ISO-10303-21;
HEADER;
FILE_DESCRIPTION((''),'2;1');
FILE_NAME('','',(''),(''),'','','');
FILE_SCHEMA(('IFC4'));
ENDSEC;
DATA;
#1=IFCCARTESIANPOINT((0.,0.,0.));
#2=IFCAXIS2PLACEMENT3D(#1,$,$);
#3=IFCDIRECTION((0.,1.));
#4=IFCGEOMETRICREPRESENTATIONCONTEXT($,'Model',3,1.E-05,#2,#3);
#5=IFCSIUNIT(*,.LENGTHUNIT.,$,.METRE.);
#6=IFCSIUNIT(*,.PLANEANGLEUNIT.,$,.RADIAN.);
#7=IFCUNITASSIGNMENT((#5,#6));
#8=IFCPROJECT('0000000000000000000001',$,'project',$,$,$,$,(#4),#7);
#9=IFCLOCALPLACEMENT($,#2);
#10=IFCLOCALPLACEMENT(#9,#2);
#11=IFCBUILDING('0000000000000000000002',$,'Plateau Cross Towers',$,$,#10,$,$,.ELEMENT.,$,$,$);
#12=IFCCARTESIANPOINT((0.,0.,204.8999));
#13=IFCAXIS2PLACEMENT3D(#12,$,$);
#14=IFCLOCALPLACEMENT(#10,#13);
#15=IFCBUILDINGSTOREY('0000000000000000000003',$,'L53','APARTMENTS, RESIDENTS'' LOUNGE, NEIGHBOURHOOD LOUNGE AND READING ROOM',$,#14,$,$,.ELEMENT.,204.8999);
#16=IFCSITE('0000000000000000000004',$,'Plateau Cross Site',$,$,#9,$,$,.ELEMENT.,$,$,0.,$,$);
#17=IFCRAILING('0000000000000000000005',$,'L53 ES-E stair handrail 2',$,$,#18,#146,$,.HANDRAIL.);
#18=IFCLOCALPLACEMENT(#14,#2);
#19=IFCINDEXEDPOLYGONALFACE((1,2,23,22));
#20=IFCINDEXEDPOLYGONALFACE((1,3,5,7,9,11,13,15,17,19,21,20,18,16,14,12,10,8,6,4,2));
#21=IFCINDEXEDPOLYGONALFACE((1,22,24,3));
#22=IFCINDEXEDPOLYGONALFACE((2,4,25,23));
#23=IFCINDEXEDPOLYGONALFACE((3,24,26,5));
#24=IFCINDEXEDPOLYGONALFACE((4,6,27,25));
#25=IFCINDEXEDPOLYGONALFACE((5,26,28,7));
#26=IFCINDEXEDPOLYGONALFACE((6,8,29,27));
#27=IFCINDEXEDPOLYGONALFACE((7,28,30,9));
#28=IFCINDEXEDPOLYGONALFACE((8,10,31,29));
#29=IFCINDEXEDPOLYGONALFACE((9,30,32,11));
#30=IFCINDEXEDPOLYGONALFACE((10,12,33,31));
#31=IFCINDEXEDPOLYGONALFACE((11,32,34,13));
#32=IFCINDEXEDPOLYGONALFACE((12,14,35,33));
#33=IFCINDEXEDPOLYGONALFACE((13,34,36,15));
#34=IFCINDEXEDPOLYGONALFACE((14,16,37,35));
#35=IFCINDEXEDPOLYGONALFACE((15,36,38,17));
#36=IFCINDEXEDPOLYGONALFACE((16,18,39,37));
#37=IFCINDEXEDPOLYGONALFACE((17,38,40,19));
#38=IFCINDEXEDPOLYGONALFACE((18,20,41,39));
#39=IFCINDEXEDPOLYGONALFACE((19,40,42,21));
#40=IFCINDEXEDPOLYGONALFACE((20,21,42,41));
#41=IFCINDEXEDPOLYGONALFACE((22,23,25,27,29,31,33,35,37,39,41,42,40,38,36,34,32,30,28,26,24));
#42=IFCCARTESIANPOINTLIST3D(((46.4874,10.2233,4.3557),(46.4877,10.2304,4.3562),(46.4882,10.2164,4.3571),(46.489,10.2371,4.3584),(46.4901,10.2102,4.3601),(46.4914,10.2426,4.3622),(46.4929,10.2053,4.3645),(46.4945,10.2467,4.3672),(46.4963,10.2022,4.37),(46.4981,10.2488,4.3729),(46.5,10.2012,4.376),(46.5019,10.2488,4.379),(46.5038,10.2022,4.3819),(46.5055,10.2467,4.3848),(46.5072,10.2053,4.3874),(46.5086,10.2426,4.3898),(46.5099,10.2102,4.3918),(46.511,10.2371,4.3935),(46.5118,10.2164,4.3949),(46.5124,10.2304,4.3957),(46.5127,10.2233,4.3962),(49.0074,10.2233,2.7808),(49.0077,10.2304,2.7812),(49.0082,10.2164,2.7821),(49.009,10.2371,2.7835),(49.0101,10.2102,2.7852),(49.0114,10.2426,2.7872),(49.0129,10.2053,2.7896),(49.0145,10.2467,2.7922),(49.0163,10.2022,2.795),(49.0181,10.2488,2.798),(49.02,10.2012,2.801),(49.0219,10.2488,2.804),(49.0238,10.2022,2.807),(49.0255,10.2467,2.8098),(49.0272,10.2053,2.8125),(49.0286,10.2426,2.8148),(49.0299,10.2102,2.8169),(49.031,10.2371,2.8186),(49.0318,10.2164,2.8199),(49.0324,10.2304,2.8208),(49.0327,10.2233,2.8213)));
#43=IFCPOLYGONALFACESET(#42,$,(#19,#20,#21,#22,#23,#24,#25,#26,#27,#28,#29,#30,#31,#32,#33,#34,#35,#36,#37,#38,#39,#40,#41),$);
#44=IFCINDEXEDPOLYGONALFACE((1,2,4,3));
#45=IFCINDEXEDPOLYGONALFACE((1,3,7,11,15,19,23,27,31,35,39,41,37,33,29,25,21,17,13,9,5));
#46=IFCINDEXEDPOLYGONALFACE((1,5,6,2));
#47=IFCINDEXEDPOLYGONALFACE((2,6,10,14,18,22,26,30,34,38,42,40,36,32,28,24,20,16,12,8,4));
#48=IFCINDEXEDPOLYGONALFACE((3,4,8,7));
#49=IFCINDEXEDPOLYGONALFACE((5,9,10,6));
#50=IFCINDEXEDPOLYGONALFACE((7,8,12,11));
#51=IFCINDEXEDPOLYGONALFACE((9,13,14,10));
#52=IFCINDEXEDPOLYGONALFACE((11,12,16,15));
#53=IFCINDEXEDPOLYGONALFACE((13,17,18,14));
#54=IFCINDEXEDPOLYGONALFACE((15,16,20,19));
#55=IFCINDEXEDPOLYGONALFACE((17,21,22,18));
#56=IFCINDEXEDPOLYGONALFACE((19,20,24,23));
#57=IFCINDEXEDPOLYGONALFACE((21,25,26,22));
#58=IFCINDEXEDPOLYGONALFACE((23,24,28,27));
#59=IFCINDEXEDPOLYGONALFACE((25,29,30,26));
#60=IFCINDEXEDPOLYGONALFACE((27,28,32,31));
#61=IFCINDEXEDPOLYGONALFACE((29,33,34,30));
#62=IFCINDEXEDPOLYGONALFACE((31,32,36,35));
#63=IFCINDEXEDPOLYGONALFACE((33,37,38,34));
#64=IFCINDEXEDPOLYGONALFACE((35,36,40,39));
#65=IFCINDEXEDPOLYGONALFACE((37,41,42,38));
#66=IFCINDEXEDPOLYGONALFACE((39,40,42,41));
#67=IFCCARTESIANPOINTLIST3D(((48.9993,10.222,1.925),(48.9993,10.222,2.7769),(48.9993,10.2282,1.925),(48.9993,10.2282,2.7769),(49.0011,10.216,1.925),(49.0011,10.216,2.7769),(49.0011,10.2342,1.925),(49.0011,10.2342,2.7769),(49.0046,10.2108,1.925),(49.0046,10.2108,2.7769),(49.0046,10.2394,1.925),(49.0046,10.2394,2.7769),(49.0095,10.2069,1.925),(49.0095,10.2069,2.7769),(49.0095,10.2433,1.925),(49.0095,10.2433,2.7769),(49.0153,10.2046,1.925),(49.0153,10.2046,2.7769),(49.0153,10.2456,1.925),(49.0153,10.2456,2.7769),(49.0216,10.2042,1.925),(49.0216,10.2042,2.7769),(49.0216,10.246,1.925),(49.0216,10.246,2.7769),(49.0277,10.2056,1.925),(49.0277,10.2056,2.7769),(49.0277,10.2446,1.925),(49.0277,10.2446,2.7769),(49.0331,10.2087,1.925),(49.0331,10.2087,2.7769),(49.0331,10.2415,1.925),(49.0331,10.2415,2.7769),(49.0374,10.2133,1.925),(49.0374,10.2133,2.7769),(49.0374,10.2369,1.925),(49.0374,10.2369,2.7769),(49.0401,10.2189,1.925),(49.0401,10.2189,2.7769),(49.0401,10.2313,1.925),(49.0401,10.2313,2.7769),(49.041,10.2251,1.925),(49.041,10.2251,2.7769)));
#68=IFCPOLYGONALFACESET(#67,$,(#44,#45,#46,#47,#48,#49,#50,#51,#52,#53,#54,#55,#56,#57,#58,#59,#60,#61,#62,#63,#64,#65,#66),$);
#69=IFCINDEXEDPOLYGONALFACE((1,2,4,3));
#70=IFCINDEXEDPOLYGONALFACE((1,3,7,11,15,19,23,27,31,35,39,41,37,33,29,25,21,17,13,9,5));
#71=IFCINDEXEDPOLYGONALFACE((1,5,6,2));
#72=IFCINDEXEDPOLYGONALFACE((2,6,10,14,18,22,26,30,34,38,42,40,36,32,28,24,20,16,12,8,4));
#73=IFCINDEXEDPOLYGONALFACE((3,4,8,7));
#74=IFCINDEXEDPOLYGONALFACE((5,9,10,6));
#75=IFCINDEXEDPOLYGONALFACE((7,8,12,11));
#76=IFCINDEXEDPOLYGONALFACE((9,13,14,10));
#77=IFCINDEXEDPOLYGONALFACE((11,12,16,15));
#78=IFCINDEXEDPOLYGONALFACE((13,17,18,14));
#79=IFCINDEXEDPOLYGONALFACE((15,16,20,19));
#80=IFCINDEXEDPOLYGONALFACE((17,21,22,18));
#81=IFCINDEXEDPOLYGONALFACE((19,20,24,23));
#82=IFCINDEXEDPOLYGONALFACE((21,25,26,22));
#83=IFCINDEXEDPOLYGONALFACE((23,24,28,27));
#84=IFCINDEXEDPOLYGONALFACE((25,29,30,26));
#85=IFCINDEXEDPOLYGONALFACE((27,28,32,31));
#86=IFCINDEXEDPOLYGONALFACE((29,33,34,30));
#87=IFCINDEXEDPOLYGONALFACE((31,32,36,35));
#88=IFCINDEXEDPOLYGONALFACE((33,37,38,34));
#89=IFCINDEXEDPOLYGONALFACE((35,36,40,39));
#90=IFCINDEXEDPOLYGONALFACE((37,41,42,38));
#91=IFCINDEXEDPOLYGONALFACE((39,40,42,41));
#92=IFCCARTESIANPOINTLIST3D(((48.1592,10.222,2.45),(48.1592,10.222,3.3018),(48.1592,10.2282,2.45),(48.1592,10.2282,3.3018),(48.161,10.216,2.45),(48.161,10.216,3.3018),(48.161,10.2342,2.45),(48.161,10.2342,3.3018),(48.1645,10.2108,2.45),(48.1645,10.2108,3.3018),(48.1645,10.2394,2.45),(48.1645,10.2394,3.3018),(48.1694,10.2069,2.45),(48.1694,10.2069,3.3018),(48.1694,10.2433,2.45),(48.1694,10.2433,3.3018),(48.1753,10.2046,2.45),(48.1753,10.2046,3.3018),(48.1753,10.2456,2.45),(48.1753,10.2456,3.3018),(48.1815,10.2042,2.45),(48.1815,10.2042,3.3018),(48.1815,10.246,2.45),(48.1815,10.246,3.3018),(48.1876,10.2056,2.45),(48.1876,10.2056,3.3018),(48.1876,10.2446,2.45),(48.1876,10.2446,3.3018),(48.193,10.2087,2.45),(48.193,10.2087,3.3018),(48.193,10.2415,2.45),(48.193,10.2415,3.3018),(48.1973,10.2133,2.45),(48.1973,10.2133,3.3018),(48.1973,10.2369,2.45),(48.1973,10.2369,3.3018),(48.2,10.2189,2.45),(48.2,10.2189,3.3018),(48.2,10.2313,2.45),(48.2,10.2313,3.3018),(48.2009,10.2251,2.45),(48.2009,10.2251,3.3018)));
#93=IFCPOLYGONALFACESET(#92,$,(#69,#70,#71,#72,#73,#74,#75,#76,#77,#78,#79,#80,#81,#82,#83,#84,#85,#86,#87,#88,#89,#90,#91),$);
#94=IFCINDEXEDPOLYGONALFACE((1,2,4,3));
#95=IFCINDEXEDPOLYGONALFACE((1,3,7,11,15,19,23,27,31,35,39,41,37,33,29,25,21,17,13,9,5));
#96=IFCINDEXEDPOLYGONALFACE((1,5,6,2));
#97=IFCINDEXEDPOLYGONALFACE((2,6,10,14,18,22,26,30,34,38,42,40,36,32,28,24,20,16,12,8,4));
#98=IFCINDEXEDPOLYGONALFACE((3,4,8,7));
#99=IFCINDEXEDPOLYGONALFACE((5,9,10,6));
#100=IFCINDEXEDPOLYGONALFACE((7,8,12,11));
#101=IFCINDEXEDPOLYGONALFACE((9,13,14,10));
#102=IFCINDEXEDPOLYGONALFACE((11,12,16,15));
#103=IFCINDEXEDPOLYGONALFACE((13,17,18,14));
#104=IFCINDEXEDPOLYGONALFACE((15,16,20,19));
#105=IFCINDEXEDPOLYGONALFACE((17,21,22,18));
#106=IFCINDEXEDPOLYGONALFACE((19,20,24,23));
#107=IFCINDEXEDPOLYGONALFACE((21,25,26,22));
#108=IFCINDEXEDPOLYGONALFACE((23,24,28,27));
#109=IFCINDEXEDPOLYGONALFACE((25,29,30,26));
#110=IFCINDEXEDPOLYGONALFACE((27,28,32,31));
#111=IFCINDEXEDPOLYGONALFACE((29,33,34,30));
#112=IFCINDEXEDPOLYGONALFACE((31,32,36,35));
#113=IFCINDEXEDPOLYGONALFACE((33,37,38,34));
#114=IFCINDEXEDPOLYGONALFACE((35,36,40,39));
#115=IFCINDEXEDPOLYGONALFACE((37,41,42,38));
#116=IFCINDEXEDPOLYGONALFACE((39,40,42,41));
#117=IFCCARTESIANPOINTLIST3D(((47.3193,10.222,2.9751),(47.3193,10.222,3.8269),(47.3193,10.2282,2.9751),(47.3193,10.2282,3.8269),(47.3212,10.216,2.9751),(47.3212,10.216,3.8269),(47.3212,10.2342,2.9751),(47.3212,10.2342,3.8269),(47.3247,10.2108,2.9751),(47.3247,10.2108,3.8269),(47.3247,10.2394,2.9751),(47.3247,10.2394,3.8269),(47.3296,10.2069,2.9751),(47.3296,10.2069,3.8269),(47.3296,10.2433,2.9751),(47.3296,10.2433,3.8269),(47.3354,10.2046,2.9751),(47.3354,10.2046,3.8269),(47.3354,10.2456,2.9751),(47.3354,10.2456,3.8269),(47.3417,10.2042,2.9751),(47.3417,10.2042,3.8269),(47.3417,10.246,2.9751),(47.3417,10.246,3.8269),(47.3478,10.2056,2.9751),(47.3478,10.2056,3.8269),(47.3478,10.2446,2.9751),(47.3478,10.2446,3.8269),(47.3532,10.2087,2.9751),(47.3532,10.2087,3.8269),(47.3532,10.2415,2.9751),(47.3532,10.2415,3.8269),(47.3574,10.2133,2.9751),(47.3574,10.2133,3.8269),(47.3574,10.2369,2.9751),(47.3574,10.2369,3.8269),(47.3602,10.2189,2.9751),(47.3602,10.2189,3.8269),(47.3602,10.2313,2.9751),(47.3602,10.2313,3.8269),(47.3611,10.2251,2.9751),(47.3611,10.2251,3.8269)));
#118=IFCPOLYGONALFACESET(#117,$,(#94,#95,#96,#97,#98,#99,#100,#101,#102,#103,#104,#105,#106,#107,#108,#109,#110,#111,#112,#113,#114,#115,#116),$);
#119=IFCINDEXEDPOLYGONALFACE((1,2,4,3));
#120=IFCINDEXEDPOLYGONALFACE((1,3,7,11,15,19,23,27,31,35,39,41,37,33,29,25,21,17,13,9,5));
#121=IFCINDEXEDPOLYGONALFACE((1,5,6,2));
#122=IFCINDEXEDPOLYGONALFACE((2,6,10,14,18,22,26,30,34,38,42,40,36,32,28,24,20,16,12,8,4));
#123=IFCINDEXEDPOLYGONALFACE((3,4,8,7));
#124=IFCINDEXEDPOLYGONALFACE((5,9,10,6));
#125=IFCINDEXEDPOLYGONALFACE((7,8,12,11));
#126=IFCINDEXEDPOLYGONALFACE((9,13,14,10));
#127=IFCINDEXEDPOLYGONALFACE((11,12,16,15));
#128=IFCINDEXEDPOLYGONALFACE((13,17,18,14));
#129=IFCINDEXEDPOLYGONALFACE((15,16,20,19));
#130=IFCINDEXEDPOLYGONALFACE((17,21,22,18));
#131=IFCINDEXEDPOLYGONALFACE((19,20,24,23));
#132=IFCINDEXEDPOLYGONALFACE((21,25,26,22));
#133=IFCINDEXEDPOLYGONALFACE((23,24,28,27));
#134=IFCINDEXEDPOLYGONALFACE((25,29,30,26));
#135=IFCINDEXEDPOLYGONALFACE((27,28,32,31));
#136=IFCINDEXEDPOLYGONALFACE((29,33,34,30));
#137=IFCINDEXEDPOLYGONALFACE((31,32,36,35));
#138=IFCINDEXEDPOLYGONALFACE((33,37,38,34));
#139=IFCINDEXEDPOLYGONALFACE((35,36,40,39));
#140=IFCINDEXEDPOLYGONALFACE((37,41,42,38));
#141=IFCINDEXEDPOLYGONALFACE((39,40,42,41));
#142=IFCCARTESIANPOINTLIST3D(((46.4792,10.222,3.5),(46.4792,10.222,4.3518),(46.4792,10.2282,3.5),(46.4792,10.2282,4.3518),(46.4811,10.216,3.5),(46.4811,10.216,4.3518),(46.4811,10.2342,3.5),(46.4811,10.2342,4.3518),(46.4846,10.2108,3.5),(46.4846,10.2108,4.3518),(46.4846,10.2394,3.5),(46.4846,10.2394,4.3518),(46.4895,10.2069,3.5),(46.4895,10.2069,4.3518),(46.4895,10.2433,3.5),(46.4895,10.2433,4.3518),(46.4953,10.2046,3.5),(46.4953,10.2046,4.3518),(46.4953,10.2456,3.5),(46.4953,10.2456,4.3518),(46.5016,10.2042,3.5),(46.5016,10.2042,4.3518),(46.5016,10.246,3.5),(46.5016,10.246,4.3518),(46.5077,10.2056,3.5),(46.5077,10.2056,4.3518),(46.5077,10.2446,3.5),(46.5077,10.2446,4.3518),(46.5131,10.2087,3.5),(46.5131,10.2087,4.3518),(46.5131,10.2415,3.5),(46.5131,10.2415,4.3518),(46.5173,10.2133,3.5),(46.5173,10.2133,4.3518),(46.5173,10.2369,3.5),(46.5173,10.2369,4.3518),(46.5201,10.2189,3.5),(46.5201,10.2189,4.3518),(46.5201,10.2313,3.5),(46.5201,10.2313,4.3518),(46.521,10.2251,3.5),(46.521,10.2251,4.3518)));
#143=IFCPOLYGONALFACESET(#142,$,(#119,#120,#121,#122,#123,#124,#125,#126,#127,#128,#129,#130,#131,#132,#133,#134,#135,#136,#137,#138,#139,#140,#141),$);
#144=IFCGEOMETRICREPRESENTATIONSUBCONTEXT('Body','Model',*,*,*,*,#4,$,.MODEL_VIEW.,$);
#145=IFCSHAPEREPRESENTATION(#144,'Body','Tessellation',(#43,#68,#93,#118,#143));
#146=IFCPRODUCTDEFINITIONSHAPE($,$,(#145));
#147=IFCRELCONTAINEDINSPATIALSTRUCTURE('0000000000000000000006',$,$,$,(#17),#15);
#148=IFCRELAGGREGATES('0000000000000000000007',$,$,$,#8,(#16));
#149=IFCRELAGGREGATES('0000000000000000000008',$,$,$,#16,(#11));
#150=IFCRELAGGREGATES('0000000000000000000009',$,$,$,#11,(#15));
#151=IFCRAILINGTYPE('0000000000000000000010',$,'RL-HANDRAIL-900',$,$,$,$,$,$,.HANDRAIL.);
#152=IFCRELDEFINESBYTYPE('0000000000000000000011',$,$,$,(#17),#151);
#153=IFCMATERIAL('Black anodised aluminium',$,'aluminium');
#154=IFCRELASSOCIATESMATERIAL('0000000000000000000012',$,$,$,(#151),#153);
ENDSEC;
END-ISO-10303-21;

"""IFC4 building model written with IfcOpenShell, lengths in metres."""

from ifc_helpers import new_model, si_unit, direction, frame, origin, origin_2d, place, context, subcontext, project, spatial, circle, extrude, material, type_object, element, save


model = new_model("IFC4")

# Units and contexts
model_context = context("Model", 3, precision=1e-05, world=origin(), true_north=direction((0.0, 1.0)))
body_context = subcontext(model_context, "Body", "Model", "MODEL_VIEW")
ifc_project = project(units=[si_unit("LENGTHUNIT", "METRE"), si_unit("PLANEANGLEUNIT", "RADIAN")], contexts=[model_context])

# Site, building, storey
site_placement = place(None, origin())
site = spatial("IfcSite", under=ifc_project, at=site_placement, Name="Plateau Cross Site", CompositionType="ELEMENT", RefElevation=0.0)
building_placement = place(site_placement, origin())
building = spatial("IfcBuilding", under=site, at=building_placement, Name="Plateau Cross Towers", CompositionType="ELEMENT")
storey_placement = place(building_placement, frame((0.0, 0.0, 204.8999)))
storey = spatial("IfcBuildingStorey", under=building, at=storey_placement, Name="L53", Description="APARTMENTS, RESIDENTS' LOUNGE, NEIGHBOURHOOD LOUNGE AND READING ROOM", CompositionType="ELEMENT", Elevation=204.8999)

# Shared definitions
ifc_material_1 = material(Name="Black anodised aluminium", Category="aluminium")

# Railing
railing_type_1 = type_object("IfcRailingType", Name="RL-HANDRAIL-900", PredefinedType="HANDRAIL", material=ifc_material_1)
railing_1_placement = place(storey_placement, frame((49.02, 10.2251, 1.925)))
element("IfcRailing", 1, at=railing_1_placement, inside=storey, type_object=railing_type_1, Name="L53 ES-E stair handrail 2", PredefinedType="HANDRAIL", context=body_context, shape_type="SweptSolid", body=[
    extrude(circle(Radius=0.0239, at=origin_2d()), frame((0.0, 0.0, 0.876), z_axis=(-0.848008, 0.0, 0.529984), x_axis=(0.0, -1.0, 0.0)), (0.0, 0.0, 1.0), 2.9717),
    extrude(circle(Radius=0.021, at=origin_2d()), origin(), (0.0, 0.0, 1.0), 0.8518),
    extrude(circle(Radius=0.021, at=origin_2d()), frame((-0.8401, 0.0, 0.5249)), (0.0, 0.0, 1.0), 0.8518),
    extrude(circle(Radius=0.021, at=origin_2d()), frame((-1.6799, 0.0, 1.05)), (0.0, 0.0, 1.0), 0.8518),
    extrude(circle(Radius=0.021, at=origin_2d()), frame((-2.52, 0.0, 1.575)), (0.0, 0.0, 1.0), 0.8518),
])

save(model, "model.ifc")
